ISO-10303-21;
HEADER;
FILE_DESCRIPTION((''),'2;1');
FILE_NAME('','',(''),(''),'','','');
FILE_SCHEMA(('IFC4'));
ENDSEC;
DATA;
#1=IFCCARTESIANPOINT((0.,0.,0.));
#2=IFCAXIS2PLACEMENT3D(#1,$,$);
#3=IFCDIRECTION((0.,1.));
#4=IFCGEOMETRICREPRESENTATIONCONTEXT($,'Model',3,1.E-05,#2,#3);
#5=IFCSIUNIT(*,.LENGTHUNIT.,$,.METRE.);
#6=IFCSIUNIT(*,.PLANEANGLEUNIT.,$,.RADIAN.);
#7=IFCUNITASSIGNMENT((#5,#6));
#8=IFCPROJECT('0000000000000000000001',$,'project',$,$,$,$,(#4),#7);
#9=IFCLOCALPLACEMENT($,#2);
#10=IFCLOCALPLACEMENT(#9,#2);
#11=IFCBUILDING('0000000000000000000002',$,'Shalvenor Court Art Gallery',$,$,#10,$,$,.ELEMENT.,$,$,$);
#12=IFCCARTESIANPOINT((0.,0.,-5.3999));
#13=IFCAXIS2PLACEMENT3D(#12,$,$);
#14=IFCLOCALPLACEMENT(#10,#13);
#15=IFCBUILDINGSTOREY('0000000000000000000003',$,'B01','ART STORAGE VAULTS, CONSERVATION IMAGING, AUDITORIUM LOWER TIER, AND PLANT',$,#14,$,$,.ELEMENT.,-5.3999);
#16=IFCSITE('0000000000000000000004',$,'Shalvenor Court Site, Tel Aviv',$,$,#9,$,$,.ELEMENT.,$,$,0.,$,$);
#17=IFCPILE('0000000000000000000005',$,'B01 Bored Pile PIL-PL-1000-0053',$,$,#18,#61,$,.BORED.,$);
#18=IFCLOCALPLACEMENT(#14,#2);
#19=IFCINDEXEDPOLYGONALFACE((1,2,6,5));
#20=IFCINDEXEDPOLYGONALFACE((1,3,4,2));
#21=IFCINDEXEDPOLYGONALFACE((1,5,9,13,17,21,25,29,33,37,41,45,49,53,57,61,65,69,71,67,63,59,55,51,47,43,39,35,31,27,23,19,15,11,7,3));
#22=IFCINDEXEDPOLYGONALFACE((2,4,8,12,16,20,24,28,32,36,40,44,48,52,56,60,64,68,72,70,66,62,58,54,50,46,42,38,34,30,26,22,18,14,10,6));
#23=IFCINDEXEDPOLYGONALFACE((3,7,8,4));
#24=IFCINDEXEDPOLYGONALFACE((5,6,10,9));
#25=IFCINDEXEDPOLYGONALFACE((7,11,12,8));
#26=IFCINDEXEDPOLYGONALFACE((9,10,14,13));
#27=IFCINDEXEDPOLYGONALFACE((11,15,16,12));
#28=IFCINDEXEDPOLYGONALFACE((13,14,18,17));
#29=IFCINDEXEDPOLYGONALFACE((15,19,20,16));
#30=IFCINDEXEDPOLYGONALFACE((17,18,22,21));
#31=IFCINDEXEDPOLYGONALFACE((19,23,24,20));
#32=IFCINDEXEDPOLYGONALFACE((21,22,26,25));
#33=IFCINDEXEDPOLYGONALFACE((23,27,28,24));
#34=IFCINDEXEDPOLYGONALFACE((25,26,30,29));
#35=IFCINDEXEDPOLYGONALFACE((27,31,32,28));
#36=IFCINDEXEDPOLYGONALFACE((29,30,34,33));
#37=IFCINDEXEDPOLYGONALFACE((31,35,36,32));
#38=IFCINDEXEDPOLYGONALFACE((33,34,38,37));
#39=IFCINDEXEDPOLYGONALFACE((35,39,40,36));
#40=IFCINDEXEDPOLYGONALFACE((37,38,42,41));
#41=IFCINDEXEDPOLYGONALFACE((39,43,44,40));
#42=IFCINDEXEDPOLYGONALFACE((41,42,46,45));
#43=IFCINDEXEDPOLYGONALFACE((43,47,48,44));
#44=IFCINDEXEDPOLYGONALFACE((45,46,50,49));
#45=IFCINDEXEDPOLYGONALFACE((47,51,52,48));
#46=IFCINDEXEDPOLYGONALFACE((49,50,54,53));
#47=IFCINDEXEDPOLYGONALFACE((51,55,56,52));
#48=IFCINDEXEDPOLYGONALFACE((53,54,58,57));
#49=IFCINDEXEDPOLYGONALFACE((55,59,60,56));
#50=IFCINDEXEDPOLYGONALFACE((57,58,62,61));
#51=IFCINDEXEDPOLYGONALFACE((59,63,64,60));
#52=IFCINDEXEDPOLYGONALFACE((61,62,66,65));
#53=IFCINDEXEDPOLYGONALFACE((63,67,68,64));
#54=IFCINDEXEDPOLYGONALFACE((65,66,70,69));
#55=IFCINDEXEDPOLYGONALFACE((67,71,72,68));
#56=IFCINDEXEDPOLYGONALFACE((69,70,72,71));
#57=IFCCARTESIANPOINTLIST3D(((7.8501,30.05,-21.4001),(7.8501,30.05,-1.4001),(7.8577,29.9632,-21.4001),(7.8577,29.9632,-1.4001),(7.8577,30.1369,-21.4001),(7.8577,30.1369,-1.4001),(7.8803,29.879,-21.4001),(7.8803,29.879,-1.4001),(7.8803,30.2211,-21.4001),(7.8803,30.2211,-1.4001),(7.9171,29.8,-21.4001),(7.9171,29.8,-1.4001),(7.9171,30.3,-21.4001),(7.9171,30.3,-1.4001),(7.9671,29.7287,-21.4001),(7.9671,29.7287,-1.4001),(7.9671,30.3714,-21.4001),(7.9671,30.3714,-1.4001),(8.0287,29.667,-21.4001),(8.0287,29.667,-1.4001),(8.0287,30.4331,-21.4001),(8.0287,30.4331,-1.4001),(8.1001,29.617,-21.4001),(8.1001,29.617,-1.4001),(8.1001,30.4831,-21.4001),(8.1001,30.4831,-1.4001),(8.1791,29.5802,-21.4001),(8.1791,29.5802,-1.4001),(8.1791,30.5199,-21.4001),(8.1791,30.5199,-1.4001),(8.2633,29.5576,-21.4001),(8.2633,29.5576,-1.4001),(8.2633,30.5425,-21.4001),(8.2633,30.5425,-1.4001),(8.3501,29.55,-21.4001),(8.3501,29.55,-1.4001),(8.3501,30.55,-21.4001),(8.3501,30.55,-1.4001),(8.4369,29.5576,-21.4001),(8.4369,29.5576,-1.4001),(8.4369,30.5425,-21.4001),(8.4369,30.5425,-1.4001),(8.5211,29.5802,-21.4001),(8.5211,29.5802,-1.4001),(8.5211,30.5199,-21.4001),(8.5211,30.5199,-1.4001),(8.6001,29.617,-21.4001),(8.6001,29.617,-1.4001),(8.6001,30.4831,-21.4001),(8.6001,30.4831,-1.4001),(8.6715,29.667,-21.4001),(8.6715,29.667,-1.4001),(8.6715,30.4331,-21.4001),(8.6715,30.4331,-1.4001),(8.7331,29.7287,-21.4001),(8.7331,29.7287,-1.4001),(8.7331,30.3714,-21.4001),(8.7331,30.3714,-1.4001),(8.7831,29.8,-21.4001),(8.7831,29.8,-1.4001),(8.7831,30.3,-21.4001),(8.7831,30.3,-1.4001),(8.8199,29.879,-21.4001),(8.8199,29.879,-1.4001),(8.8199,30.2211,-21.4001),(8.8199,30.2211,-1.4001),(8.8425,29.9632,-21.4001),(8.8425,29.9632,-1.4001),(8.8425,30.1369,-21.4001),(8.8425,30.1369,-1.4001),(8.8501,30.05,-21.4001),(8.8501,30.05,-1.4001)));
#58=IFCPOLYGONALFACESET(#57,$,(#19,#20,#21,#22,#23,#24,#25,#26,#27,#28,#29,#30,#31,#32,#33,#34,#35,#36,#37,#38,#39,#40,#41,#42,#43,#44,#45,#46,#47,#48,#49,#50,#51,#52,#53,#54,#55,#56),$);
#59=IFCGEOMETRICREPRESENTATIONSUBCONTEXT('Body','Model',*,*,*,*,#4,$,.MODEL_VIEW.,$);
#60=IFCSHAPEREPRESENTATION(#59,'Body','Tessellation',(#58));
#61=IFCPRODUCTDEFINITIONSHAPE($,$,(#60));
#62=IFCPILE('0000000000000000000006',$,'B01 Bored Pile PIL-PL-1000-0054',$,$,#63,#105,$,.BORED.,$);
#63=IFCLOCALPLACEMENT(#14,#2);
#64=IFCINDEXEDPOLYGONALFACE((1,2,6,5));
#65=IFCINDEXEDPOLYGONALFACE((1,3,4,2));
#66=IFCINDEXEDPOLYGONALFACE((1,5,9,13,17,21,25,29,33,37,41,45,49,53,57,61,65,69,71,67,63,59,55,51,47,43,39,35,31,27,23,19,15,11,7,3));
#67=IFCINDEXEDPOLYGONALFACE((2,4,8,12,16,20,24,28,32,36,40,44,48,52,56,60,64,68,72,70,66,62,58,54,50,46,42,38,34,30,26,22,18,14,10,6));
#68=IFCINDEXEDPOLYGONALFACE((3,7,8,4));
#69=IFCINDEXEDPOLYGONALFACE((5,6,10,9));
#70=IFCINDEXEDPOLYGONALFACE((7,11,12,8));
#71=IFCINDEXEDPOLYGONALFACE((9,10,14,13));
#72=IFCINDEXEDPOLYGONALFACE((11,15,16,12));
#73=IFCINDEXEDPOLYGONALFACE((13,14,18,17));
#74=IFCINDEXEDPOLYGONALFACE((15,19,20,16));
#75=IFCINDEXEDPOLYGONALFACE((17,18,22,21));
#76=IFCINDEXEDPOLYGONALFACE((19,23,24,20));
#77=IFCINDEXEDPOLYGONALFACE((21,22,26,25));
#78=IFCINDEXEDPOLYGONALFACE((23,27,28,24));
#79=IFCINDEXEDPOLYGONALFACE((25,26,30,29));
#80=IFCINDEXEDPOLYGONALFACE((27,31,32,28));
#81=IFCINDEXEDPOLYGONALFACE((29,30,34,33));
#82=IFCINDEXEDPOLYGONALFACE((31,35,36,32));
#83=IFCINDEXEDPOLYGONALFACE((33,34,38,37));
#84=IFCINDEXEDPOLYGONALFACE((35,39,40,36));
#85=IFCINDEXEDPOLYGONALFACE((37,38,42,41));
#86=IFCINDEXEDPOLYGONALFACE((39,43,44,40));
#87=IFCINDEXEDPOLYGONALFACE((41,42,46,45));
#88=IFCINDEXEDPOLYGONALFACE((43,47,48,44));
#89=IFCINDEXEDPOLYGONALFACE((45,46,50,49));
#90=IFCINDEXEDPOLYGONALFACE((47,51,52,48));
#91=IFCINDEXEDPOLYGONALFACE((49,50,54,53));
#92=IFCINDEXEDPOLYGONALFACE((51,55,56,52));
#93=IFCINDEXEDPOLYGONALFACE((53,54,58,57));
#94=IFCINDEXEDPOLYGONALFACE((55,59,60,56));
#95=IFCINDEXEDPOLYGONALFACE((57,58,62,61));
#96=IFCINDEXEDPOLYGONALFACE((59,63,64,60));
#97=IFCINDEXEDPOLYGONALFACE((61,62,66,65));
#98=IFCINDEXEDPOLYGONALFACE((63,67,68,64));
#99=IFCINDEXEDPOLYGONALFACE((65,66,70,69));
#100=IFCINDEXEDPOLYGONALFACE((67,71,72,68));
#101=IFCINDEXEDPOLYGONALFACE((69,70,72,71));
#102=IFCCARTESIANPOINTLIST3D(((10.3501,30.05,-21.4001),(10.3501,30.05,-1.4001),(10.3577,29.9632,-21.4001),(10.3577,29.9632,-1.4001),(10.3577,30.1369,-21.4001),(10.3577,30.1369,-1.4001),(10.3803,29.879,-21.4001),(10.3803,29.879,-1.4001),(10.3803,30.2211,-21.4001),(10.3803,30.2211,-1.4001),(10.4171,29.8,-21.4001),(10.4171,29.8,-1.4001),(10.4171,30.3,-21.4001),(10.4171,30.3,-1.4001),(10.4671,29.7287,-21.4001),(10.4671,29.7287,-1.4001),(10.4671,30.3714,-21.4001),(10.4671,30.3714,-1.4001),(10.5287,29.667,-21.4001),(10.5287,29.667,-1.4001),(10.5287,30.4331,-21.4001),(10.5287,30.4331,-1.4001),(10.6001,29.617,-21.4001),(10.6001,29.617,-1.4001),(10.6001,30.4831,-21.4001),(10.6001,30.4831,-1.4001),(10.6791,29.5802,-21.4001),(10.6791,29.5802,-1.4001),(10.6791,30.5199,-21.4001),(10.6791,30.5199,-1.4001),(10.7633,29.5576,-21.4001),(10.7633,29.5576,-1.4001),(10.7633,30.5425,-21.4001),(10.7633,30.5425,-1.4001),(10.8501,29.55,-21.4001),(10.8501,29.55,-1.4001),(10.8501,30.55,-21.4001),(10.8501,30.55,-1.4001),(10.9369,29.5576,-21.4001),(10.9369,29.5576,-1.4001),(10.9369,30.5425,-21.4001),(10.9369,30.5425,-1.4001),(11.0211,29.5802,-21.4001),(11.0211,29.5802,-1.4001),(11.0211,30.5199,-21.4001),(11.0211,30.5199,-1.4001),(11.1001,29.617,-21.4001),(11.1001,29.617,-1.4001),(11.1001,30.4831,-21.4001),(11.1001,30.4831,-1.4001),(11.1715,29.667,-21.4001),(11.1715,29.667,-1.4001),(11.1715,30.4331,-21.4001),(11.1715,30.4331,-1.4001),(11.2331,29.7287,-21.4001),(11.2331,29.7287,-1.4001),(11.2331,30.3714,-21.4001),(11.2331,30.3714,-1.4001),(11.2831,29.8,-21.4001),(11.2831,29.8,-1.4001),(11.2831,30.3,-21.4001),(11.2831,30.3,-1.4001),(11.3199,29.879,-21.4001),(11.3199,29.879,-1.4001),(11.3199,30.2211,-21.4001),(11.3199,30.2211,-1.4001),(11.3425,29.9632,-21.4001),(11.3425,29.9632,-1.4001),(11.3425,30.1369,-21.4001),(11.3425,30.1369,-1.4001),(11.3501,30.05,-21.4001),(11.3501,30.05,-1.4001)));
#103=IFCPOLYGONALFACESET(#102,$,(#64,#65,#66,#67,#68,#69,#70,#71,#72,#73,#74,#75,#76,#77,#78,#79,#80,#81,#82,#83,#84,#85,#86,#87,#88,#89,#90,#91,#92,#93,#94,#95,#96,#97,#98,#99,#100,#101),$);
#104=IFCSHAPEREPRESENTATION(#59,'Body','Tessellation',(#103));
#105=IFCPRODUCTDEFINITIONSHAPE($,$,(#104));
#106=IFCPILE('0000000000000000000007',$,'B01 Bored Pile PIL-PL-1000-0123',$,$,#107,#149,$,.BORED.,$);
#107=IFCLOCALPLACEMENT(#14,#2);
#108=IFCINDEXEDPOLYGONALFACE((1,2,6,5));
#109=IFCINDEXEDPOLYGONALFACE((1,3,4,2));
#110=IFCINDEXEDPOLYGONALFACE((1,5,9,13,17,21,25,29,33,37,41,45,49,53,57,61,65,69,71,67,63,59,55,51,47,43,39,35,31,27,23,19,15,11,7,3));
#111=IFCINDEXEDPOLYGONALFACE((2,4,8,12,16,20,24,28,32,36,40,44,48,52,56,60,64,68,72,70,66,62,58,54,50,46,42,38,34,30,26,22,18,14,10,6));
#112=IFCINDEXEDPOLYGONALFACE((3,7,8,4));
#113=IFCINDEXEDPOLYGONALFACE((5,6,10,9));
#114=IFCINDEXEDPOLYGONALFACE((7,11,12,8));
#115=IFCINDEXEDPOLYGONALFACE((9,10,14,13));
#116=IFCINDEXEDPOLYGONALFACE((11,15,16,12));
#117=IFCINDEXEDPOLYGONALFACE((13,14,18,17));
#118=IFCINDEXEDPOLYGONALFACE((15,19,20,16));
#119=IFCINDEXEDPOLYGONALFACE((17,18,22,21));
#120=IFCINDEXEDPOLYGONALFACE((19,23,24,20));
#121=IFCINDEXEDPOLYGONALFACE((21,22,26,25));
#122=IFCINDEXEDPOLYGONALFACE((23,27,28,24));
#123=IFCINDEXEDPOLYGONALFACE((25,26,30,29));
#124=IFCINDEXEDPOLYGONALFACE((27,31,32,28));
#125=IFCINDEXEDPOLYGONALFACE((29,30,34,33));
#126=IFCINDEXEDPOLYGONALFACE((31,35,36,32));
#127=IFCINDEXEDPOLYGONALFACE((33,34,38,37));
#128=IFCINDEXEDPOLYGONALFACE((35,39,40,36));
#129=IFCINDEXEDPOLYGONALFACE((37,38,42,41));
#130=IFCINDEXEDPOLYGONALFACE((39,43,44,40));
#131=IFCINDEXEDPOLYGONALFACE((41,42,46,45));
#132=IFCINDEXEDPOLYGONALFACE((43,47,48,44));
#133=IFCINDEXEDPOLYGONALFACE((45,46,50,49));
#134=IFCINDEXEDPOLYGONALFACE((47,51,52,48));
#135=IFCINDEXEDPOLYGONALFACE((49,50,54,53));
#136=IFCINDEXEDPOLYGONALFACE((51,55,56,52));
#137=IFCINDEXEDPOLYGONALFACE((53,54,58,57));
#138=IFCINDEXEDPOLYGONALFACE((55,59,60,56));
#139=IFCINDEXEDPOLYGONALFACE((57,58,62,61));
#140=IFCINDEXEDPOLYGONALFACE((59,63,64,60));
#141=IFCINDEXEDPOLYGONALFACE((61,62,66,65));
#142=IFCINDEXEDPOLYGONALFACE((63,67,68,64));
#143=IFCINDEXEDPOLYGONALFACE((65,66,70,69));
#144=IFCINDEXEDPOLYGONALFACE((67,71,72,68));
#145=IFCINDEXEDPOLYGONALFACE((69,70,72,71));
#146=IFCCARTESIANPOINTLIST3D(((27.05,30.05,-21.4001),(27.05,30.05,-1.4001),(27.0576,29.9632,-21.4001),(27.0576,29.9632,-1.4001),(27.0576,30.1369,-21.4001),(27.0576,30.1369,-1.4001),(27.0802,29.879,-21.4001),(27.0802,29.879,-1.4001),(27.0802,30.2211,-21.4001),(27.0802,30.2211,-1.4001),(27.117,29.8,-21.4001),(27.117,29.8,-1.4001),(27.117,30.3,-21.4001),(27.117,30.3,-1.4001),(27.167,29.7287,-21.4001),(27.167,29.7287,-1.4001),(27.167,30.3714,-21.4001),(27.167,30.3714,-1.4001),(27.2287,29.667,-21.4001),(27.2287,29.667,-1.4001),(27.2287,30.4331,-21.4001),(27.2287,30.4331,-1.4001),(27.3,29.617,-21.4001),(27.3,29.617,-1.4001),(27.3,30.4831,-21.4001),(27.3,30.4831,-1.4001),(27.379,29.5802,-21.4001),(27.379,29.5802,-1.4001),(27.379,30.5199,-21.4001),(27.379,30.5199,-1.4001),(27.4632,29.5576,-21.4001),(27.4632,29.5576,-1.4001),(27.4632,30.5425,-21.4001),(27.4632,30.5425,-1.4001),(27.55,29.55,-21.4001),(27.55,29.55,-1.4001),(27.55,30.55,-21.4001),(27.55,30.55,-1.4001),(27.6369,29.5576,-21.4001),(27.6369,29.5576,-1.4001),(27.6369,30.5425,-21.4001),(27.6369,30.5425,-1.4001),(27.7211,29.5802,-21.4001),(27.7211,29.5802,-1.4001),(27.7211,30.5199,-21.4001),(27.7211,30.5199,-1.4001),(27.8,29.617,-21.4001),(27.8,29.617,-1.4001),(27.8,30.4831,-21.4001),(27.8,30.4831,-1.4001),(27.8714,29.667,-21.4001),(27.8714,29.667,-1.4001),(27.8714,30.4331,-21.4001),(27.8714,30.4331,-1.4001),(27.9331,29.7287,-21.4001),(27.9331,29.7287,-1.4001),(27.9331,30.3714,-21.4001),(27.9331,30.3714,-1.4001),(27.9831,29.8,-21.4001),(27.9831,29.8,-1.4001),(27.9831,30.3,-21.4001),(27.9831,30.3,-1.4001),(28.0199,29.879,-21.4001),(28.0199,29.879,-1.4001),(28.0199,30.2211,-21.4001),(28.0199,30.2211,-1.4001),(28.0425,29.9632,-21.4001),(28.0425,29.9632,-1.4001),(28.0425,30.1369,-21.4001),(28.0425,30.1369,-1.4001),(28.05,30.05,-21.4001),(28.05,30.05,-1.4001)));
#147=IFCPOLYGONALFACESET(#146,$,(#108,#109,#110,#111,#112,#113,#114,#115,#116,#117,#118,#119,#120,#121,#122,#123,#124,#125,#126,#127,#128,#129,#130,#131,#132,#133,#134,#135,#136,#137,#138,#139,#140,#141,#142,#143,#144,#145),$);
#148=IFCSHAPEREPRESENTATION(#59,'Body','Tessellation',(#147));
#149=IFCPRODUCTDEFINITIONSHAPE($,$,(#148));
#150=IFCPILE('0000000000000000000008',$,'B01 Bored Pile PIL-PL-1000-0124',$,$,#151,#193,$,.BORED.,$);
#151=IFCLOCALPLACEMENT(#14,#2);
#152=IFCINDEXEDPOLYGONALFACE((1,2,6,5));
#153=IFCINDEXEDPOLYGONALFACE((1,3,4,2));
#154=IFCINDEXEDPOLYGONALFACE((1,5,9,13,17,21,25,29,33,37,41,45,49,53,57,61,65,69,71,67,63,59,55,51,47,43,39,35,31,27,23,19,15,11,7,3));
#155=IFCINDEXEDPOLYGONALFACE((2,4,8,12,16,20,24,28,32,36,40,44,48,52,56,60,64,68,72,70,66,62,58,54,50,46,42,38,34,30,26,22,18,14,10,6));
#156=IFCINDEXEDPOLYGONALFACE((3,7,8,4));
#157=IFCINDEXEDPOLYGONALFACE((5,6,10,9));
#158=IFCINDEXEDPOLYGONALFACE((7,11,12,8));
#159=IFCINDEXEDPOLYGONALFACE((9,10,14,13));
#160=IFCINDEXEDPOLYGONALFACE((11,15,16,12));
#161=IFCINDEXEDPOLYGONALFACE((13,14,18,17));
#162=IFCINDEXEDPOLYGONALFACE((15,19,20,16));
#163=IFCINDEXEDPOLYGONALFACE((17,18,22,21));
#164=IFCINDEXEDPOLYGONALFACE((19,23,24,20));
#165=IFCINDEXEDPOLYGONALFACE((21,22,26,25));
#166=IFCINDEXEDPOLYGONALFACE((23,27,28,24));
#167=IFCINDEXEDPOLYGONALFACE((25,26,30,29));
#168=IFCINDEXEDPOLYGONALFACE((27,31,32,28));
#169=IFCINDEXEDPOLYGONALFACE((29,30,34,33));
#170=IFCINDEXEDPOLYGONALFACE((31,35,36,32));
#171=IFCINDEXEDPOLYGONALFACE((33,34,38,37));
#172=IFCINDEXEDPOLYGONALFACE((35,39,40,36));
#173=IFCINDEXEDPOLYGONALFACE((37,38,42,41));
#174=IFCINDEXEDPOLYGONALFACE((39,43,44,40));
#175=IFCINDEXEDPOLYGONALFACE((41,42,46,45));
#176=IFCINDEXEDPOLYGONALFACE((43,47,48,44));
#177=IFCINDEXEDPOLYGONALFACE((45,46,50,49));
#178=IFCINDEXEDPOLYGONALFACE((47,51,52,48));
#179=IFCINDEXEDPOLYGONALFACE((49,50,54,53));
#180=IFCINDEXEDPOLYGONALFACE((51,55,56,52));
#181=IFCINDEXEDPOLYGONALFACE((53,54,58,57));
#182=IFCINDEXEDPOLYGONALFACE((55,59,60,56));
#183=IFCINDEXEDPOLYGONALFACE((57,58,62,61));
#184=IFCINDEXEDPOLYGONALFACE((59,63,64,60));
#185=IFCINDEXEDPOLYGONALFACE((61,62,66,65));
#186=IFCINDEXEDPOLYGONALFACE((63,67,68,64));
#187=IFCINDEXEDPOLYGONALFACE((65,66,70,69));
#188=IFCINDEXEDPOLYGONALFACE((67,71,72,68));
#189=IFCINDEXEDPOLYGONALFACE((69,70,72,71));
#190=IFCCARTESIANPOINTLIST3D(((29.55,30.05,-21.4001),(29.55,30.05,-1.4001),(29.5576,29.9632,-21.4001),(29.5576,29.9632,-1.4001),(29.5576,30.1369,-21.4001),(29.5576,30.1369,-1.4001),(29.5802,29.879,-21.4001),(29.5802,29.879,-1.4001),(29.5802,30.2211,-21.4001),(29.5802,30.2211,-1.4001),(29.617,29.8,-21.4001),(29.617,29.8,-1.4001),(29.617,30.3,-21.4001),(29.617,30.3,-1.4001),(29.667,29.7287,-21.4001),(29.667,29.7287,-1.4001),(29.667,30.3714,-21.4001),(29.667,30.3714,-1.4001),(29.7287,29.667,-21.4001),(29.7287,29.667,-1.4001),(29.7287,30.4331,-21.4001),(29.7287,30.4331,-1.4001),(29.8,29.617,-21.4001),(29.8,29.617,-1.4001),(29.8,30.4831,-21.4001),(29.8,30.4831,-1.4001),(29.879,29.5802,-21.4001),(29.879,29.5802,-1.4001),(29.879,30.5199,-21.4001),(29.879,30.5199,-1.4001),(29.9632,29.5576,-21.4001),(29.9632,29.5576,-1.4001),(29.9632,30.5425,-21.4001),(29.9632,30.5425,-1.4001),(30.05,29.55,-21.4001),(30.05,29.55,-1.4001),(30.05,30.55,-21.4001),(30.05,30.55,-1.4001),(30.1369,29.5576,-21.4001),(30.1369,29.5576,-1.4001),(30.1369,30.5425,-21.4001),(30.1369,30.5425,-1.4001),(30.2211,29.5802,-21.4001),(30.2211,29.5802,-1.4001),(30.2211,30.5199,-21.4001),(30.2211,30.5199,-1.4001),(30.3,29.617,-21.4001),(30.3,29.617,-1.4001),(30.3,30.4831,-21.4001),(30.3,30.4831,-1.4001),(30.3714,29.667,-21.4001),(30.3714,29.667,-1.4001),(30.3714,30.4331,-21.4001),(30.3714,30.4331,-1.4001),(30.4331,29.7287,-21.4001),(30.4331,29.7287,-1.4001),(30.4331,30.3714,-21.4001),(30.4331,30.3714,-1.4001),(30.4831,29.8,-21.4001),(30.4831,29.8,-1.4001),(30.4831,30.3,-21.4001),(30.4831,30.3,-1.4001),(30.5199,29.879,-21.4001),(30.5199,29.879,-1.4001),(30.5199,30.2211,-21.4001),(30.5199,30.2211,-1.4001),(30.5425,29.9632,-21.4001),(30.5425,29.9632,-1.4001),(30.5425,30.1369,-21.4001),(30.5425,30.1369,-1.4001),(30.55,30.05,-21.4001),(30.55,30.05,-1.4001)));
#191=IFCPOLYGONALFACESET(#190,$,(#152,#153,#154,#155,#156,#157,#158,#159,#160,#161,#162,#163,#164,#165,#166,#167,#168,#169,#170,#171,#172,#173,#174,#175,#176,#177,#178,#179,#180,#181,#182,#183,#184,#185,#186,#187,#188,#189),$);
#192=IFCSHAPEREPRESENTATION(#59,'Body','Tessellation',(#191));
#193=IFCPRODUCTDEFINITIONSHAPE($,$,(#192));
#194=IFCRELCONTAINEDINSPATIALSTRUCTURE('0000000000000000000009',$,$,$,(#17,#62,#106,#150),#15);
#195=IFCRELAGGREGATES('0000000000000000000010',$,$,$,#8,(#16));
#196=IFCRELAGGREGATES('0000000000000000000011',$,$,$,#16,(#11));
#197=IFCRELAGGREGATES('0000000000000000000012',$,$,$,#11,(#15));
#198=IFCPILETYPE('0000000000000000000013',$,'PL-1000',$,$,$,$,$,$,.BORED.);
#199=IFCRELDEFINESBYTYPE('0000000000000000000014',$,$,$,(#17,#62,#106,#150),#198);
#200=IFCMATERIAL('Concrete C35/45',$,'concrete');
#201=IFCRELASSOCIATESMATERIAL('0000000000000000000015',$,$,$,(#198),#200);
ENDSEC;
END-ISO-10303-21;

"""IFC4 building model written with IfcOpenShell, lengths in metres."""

from ifc_helpers import new_model, si_unit, direction, frame, origin, origin_2d, place, context, subcontext, project, spatial, circle, extrude, material, material_profile, profile_set, type_object, element, save


model = new_model("IFC4")

# Units and contexts
model_context = context("Model", 3, precision=1e-05, world=origin(), true_north=direction((0.0, 1.0)))
body_context = subcontext(model_context, "Body", "Model", "MODEL_VIEW")
ifc_project = project(units=[si_unit("LENGTHUNIT", "METRE"), si_unit("PLANEANGLEUNIT", "RADIAN")], contexts=[model_context])

# Site, building, storey
site_placement = place(None, origin())
site = spatial("IfcSite", under=ifc_project, at=site_placement, Name="Shalvenor Court Site, Tel Aviv", CompositionType="ELEMENT", RefElevation=0.0)
building_placement = place(site_placement, origin())
building = spatial("IfcBuilding", under=site, at=building_placement, Name="Shalvenor Court Art Gallery", CompositionType="ELEMENT")
storey_placement = place(building_placement, frame((0.0, 0.0, -5.3999)))
storey = spatial("IfcBuildingStorey", under=building, at=storey_placement, Name="B01", Description="ART STORAGE VAULTS, CONSERVATION IMAGING, AUDITORIUM LOWER TIER, AND PLANT", CompositionType="ELEMENT", Elevation=-5.3999)

# Piles
ifc_material_1 = material(Name="Concrete C35/45", Category="concrete")
ifc_material_profile_1 = material_profile(ifc_material_1, circle(Radius=0.5, at=origin_2d()), Name="PILE 1000")
ifc_profile_set_1 = profile_set([ifc_material_profile_1], Name="Concrete C35/45")
pile_type_1 = type_object("IfcPileType", Name="PL-1000", PredefinedType="BORED", material=ifc_profile_set_1)
for number, where, z_axis, x_axis, name in (
    (1, (8.3501, 30.05, -1.4001), (0.0, 0.0, -1.0), (1.0, 0.0, 0.0), "B01 Bored Pile PIL-PL-1000-0053"),
    (2, (10.8501, 30.05, -1.4001), (0.0, 0.0, -1.0), (1.0, 0.0, 0.0), "B01 Bored Pile PIL-PL-1000-0054"),
    (3, (27.55, 30.05, -1.4001), (0.0, 0.0, -1.0), (1.0, 0.0, 0.0), "B01 Bored Pile PIL-PL-1000-0123"),
    (4, (30.05, 30.05, -1.4001), (0.0, 0.0, -1.0), (1.0, 0.0, 0.0), "B01 Bored Pile PIL-PL-1000-0124"),
):
    element("IfcPile", number, at=place(storey_placement, frame(where, z_axis=z_axis, x_axis=x_axis)), inside=storey, type_object=pile_type_1, Name=name, PredefinedType="BORED", context=body_context, shape_type="SweptSolid", body=[
        extrude(circle(Radius=0.5, at=origin_2d()), origin(), (0.0, 0.0, 1.0), 20.0),
    ])

save(model, "model.ifc")
